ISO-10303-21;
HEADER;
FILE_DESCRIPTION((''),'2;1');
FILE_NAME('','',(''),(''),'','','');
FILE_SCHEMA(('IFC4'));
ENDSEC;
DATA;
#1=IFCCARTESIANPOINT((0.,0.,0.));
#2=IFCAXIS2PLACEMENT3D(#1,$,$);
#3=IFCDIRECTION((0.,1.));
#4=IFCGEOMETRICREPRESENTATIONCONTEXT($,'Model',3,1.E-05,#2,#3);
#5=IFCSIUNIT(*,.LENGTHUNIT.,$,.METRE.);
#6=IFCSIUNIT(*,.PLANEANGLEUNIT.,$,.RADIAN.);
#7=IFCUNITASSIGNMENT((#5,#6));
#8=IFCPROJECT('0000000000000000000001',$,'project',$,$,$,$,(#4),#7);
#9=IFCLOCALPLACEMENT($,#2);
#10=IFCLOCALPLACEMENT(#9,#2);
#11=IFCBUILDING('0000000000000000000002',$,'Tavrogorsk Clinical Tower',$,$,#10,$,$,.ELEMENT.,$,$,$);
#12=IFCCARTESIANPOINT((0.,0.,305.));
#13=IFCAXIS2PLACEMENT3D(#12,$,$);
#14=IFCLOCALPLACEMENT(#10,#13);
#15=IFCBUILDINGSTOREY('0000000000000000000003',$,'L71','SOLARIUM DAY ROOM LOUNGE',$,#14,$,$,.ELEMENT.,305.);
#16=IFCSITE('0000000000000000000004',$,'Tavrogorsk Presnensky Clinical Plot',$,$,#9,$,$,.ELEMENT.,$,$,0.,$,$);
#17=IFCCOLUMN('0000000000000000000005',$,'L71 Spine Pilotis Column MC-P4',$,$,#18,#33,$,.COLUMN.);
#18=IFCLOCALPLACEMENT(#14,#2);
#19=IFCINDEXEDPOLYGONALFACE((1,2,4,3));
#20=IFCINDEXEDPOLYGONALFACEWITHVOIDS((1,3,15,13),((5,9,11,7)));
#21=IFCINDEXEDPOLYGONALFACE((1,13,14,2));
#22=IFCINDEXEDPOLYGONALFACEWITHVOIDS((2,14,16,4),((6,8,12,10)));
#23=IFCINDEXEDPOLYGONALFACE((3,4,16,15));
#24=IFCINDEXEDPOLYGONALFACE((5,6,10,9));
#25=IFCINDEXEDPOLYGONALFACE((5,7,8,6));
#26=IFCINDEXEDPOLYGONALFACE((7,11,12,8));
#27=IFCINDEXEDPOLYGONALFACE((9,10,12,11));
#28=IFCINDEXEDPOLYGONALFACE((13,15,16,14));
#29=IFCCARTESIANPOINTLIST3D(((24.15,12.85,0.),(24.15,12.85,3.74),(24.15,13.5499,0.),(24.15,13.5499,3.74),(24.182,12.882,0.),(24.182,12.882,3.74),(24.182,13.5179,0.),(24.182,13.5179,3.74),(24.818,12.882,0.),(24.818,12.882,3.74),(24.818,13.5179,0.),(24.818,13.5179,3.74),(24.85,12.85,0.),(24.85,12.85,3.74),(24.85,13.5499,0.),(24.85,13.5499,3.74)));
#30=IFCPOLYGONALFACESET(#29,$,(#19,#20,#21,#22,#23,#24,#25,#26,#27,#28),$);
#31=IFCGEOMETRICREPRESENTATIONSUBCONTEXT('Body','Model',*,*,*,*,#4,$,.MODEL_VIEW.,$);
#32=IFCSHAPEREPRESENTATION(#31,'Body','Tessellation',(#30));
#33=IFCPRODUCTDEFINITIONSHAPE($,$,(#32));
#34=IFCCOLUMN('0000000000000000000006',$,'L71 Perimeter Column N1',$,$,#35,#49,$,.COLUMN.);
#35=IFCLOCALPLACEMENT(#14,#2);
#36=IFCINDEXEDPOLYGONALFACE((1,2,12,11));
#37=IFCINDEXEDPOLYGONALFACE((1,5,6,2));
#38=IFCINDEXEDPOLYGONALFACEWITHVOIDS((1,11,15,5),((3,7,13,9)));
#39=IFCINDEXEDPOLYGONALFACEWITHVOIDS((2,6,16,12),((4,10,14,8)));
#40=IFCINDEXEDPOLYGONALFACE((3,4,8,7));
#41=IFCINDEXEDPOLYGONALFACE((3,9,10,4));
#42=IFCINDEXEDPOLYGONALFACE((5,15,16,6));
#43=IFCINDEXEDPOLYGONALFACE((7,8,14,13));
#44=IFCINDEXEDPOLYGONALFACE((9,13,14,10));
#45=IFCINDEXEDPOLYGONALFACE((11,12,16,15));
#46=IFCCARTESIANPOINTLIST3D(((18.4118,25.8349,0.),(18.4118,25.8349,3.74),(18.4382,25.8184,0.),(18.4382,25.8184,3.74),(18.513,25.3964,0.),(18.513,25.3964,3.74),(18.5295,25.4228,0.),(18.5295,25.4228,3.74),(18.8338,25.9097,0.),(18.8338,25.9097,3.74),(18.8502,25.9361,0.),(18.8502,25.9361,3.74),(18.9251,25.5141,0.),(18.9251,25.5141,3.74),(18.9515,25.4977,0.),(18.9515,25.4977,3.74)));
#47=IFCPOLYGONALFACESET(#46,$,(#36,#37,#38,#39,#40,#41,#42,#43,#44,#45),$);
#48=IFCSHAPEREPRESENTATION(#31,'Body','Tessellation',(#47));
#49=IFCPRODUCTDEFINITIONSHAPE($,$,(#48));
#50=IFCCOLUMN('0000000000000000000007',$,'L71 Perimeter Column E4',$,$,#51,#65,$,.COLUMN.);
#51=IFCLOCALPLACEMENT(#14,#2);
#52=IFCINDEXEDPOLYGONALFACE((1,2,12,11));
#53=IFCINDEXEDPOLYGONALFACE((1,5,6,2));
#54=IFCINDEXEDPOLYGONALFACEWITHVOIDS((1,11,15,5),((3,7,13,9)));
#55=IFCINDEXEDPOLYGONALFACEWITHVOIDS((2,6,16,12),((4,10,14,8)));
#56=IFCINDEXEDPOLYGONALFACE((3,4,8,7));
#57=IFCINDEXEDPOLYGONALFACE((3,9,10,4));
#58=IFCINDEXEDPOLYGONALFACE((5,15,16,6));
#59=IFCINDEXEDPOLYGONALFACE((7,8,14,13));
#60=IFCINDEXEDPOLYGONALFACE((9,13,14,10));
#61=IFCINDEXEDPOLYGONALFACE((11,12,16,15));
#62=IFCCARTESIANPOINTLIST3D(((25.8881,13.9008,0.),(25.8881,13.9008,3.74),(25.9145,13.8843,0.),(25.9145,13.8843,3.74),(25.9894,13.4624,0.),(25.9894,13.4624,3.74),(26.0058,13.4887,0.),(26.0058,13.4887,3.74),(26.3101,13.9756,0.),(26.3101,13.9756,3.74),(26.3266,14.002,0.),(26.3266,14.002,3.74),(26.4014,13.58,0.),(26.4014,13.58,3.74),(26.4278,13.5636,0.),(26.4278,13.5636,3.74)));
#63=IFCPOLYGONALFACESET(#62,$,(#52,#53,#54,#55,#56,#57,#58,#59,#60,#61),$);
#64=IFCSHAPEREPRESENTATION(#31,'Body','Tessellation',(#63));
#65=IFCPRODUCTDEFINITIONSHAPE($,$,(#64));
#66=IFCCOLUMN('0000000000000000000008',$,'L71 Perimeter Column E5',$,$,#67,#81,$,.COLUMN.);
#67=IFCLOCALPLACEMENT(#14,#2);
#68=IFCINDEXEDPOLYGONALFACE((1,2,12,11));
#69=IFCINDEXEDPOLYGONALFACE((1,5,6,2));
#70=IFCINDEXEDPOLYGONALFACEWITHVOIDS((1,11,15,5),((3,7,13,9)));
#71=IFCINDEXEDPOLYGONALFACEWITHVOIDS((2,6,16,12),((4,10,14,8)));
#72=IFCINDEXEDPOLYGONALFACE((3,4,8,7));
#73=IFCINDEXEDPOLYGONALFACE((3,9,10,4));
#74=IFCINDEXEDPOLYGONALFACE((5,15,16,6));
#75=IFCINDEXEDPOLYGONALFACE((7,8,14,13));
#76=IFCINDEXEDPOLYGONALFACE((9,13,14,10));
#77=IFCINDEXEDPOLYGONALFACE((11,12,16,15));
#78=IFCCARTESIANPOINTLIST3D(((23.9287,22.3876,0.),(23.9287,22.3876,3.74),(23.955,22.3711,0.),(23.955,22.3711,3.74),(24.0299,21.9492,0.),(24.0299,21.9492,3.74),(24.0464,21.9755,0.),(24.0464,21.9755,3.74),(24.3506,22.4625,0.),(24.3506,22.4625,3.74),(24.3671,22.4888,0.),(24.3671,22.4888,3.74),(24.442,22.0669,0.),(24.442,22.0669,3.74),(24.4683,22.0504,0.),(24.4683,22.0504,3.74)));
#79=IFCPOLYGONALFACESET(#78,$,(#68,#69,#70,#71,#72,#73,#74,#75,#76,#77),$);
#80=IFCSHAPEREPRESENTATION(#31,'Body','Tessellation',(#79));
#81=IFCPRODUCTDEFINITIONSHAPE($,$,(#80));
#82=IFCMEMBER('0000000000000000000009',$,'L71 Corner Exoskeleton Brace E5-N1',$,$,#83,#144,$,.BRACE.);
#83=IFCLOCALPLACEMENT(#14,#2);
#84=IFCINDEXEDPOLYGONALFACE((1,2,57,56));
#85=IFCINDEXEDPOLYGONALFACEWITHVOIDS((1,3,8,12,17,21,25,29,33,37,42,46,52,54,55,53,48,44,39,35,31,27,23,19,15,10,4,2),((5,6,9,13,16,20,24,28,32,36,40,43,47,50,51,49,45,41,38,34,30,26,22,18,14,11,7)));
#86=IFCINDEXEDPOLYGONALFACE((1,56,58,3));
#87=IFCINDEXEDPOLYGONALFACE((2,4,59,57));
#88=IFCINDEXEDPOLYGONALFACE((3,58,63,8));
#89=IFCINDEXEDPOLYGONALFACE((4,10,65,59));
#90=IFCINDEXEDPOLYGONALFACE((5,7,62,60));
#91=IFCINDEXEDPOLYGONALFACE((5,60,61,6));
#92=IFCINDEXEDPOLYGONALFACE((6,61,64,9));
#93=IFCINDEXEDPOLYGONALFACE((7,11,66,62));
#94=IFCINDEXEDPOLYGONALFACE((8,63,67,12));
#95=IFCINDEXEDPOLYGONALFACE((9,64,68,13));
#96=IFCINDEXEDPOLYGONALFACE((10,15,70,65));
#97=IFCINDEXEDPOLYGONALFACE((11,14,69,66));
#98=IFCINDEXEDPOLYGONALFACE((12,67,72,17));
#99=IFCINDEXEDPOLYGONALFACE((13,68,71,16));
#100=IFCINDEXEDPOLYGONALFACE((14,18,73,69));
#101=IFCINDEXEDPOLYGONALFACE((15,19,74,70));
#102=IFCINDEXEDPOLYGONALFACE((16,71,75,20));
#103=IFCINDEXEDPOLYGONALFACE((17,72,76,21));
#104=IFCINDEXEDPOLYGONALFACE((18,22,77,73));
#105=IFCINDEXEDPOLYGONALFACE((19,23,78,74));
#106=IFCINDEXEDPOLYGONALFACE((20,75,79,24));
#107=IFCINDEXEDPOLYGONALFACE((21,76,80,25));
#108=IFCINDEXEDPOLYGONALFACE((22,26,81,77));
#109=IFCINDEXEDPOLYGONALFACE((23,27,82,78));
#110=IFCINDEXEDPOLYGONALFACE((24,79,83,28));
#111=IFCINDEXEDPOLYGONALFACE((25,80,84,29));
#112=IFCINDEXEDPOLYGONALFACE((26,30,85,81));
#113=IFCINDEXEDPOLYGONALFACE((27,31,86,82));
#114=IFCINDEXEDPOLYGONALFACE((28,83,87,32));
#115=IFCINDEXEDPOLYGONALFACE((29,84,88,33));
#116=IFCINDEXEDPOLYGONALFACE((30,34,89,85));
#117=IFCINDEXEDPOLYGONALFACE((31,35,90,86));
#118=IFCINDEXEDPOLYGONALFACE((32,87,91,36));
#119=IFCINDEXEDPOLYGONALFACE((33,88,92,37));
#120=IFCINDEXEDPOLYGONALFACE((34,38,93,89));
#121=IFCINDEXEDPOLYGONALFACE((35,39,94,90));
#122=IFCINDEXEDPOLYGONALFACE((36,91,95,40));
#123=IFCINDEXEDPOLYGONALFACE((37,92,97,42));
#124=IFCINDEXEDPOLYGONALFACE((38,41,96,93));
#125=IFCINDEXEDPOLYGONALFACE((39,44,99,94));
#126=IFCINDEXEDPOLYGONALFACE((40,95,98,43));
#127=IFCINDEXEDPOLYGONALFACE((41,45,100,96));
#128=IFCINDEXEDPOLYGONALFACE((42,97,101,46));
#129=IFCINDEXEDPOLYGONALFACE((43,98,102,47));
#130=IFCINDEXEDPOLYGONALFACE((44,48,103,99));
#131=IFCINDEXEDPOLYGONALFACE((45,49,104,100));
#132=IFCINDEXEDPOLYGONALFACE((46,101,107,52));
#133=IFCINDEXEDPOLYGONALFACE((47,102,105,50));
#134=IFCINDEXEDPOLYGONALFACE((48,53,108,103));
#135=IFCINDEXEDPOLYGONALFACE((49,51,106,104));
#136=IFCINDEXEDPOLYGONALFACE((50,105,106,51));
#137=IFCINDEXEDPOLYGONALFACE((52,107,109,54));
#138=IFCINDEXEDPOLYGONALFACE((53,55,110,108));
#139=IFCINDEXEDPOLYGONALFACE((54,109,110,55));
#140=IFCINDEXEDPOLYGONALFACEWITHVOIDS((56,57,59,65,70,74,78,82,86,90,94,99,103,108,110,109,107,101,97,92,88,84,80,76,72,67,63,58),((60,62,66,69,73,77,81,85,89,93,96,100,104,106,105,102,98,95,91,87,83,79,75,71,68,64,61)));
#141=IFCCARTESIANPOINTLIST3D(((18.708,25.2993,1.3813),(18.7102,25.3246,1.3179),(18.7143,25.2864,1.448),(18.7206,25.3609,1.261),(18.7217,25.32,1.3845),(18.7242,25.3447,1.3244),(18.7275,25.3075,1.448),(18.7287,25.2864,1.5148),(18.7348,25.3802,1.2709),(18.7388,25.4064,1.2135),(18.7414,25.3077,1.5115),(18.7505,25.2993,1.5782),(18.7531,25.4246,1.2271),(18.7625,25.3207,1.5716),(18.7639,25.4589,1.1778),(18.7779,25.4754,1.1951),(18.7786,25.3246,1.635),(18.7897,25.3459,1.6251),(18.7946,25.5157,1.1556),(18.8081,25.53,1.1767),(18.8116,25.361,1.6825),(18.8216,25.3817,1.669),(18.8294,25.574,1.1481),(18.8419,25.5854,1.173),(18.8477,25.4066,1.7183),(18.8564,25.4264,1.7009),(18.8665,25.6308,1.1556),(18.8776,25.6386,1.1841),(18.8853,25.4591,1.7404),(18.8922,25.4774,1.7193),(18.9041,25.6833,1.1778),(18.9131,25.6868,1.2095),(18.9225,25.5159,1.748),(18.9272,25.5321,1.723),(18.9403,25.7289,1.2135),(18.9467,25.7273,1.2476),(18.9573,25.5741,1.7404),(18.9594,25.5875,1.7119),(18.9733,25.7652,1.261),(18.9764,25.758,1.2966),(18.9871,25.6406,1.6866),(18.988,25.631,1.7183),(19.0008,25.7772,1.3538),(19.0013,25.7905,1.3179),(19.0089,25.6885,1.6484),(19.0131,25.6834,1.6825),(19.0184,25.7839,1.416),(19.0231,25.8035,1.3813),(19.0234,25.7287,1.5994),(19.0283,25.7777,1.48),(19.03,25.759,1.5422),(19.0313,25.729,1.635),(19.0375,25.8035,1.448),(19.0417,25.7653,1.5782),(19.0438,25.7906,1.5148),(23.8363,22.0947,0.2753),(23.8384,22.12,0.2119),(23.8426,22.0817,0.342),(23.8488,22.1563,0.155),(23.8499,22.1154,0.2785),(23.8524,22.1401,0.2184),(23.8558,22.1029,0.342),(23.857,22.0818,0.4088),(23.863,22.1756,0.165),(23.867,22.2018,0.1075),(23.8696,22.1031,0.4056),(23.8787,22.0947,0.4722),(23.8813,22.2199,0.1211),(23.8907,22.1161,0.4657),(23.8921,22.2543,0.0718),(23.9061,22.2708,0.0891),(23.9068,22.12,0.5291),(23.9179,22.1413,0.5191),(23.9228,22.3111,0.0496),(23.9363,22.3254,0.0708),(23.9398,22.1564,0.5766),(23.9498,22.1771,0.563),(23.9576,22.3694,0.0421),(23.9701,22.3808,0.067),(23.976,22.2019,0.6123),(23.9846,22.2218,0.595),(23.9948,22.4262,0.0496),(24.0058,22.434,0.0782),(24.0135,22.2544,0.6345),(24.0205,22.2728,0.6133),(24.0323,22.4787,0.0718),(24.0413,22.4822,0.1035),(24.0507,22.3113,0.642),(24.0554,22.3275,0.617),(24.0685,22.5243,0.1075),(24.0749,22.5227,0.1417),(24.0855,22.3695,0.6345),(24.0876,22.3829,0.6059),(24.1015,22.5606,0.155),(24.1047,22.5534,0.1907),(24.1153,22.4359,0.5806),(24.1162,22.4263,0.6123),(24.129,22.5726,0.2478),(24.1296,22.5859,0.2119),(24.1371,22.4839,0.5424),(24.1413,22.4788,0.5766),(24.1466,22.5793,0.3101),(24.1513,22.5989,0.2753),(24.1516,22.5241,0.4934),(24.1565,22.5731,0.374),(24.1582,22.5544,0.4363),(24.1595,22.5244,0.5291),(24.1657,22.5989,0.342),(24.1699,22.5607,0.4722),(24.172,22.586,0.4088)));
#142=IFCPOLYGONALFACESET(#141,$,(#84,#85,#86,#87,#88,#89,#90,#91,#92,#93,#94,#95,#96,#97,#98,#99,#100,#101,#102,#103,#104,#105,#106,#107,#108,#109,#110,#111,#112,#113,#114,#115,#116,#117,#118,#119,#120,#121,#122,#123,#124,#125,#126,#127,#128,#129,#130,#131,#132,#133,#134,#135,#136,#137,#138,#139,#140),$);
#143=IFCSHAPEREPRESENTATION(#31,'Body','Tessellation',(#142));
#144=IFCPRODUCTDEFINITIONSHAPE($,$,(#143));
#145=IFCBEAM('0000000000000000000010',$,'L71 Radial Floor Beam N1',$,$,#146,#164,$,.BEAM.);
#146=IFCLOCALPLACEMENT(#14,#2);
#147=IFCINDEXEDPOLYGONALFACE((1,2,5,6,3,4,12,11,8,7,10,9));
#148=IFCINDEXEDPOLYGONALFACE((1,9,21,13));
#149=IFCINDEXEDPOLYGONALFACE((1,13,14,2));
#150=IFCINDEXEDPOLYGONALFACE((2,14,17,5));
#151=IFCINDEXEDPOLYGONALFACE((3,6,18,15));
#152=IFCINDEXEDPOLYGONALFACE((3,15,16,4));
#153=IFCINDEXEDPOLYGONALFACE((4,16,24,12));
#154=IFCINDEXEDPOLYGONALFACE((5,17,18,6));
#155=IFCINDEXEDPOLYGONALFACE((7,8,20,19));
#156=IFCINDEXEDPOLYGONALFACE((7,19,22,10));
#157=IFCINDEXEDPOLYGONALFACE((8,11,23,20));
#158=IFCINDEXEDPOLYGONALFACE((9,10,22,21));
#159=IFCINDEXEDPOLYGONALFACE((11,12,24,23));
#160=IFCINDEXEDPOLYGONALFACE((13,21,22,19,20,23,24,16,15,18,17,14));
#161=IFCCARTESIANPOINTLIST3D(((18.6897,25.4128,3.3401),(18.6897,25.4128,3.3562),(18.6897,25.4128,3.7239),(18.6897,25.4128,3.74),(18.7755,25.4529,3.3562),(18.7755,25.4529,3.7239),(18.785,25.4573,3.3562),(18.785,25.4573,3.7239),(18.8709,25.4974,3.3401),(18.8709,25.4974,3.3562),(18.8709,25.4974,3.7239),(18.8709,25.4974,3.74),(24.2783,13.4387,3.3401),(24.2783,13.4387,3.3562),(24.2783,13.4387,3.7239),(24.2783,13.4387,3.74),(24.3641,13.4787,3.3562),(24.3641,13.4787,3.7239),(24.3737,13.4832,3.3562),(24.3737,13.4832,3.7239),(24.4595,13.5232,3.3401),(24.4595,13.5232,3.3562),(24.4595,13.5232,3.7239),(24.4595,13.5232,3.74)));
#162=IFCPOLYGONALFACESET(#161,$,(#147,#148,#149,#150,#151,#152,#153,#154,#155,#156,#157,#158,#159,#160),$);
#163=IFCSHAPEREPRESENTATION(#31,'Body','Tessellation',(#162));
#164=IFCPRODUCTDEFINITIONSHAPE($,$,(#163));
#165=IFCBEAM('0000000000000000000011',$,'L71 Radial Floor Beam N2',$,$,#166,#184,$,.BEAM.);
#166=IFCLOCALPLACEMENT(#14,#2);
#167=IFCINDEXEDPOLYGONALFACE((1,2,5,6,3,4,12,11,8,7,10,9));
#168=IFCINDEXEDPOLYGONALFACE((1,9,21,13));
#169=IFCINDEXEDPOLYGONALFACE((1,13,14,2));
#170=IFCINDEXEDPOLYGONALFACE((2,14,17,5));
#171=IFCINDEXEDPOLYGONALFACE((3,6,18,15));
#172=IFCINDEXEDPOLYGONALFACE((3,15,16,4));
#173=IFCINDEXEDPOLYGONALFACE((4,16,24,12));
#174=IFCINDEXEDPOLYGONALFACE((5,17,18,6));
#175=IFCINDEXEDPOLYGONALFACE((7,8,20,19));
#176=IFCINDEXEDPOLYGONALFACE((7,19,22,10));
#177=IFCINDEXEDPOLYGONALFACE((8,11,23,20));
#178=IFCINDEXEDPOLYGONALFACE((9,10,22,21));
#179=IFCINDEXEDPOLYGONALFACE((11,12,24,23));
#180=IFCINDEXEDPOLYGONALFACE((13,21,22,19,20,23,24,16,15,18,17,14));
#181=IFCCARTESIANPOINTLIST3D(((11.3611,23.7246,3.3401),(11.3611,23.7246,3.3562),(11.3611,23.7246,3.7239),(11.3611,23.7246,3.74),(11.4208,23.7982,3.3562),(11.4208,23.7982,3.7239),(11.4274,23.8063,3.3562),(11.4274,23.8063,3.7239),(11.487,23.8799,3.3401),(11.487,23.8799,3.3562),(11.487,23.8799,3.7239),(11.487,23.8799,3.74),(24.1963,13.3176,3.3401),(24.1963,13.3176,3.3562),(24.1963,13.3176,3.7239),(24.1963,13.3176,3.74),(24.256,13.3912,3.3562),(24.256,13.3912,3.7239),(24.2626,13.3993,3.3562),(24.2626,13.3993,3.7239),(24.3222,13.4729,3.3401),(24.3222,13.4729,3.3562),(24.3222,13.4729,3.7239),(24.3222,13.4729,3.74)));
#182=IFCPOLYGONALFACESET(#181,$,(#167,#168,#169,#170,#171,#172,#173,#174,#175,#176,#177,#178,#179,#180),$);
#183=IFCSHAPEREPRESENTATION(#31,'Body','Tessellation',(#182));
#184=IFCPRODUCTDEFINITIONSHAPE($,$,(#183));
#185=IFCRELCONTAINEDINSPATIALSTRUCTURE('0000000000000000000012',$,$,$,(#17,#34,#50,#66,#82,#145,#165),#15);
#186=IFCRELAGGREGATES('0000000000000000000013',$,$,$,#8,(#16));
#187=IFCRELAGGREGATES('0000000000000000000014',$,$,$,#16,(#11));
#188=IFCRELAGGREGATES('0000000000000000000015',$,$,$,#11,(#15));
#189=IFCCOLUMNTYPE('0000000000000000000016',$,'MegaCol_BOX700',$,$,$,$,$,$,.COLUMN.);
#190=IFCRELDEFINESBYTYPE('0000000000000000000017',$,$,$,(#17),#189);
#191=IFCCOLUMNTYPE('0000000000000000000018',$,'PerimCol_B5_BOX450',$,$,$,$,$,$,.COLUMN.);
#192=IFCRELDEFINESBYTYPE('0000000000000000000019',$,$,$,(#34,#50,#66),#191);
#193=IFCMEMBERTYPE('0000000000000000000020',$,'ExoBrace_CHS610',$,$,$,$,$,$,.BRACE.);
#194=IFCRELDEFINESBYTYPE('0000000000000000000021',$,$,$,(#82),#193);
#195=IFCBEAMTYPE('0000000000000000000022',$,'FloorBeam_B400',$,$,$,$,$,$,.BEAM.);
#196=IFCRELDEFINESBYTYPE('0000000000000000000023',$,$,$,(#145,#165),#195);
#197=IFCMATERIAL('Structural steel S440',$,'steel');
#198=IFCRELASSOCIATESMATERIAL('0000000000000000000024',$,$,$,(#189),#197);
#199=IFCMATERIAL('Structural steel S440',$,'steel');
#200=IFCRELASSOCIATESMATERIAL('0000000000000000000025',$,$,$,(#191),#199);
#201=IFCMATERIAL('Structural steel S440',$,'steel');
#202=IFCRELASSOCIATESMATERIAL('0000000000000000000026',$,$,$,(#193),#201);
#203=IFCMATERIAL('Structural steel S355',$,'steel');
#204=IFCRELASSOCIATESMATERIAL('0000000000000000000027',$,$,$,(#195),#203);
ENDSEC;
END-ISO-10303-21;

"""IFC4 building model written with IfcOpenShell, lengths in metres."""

from ifc_helpers import new_model, si_unit, direction, frame, origin, origin_2d, place, context, subcontext, project, spatial, hollow_rectangle, hollow_circle, i_section, extrude, material, material_profile, profile_set, type_object, element, save


model = new_model("IFC4")

# Units and contexts
model_context = context("Model", 3, precision=1e-05, world=origin(), true_north=direction((0.0, 1.0)))
body_context = subcontext(model_context, "Body", "Model", "MODEL_VIEW")
ifc_project = project(units=[si_unit("LENGTHUNIT", "METRE"), si_unit("PLANEANGLEUNIT", "RADIAN")], contexts=[model_context])

# Site, building, storey
site_placement = place(None, origin())
site = spatial("IfcSite", under=ifc_project, at=site_placement, Name="Tavrogorsk Presnensky Clinical Plot", CompositionType="ELEMENT", RefElevation=0.0)
building_placement = place(site_placement, origin())
building = spatial("IfcBuilding", under=site, at=building_placement, Name="Tavrogorsk Clinical Tower", CompositionType="ELEMENT")
storey_placement = place(building_placement, frame((0.0, 0.0, 305.0)))
storey = spatial("IfcBuildingStorey", under=building, at=storey_placement, Name="L71", Description="SOLARIUM DAY ROOM LOUNGE", CompositionType="ELEMENT", Elevation=305.0)

# Columns
ifc_material_1 = material(Name="Structural steel S440", Category="steel")
ifc_material_profile_1 = material_profile(ifc_material_1, hollow_rectangle(XDim=0.7, YDim=0.7, WallThickness=0.032, at=origin_2d()), Name="BOX-700x700x32")
ifc_profile_set_1 = profile_set([ifc_material_profile_1], Name="Structural steel S440")
column_type_1 = type_object("IfcColumnType", Name="MegaCol_BOX700", PredefinedType="COLUMN", material=ifc_profile_set_1)
column_placement = place(storey_placement, frame((24.5, 13.2, 0.0), z_axis=(0.0, 0.0, 1.0), x_axis=(1.0, 0.0, 0.0)))
element("IfcColumn", 1, at=column_placement, inside=storey, type_object=column_type_1, Name="L71 Spine Pilotis Column MC-P4", PredefinedType="COLUMN", context=body_context, shape_type="SweptSolid", body=[
    extrude(hollow_rectangle(XDim=0.7, YDim=0.7, WallThickness=0.032, at=origin_2d()), origin(), (0.0, 0.0, 1.0), 3.74),
])
ifc_material_2 = material(Name="Structural steel S440", Category="steel")
ifc_material_profile_2 = material_profile(ifc_material_2, hollow_rectangle(XDim=0.45, YDim=0.45, WallThickness=0.022, at=origin_2d()), Name="BOX-450x450x22")
ifc_profile_set_2 = profile_set([ifc_material_profile_2], Name="Structural steel S440")
column_type_2 = type_object("IfcColumnType", Name="PerimCol_B5_BOX450", PredefinedType="COLUMN", material=ifc_profile_set_2)
for number, where, z_axis, x_axis, name in (
    (2, (18.6816, 25.6663, 0.0), (0.0, 0.0, 1.0), (0.97437, 0.224951, 0.0), "L71 Perimeter Column N1"),
    (3, (26.158, 13.7322, 0.0), (0.0, 0.0, 1.0), (0.97437, 0.224951, 0.0), "L71 Perimeter Column E4"),
    (4, (24.1985, 22.219, 0.0), (0.0, 0.0, 1.0), (0.97437, 0.224951, 0.0), "L71 Perimeter Column E5"),
):
    element("IfcColumn", number, at=place(storey_placement, frame(where, z_axis=z_axis, x_axis=x_axis)), inside=storey, type_object=column_type_2, Name=name, PredefinedType="COLUMN", context=body_context, shape_type="SweptSolid", body=[
        extrude(hollow_rectangle(XDim=0.45, YDim=0.45, WallThickness=0.022, at=origin_2d()), origin(), (0.0, 0.0, 1.0), 3.74),
    ])

# Member
ifc_material_3 = material(Name="Structural steel S440", Category="steel")
ifc_material_profile_3 = material_profile(ifc_material_3, hollow_circle(Radius=0.3049, WallThickness=0.0249, at=origin_2d()), Name="CHS-610x25")
ifc_profile_set_3 = profile_set([ifc_material_profile_3], Name="Structural steel S440")
member_type_1 = type_object("IfcMemberType", Name="ExoBrace_CHS610", PredefinedType="BRACE", material=ifc_profile_set_3)
member_placement = place(storey_placement, frame((24.0042, 22.3403, 0.342), z_axis=(-0.8342, 0.521291, 0.179906), x_axis=(-0.529937, -0.848037, 0.0)))
element("IfcMember", 5, at=member_placement, inside=storey, type_object=member_type_1, Name="L71 Corner Exoskeleton Brace E5-N1", PredefinedType="BRACE", context=body_context, shape_type="SweptSolid", body=[
    extrude(hollow_circle(Radius=0.3049, WallThickness=0.0249, at=origin_2d()), origin(), (0.0, 0.0, 1.0), 6.1475),
])

# Beams
ifc_material_4 = material(Name="Structural steel S355", Category="steel")
ifc_material_profile_4 = material_profile(ifc_material_4, i_section(OverallWidth=0.2, OverallDepth=0.3999, WebThickness=0.0105, FlangeThickness=0.0161, at=origin_2d()), Name="B-400x200x10.5x16")
ifc_profile_set_4 = profile_set([ifc_material_profile_4], Name="Structural steel S355")
beam_type_1 = type_object("IfcBeamType", Name="FloorBeam_B400", PredefinedType="BEAM", material=ifc_profile_set_4)
beam_1_placement = place(storey_placement, frame((24.3689, 13.481, 3.54), z_axis=(-0.422929, 0.906163, 0.0), x_axis=(-0.906163, -0.422929, 0.0)))
element("IfcBeam", 6, at=beam_1_placement, inside=storey, type_object=beam_type_1, Name="L71 Radial Floor Beam N1", PredefinedType="BEAM", context=body_context, shape_type="SweptSolid", body=[
    extrude(i_section(OverallWidth=0.2, OverallDepth=0.3999, WebThickness=0.0105, FlangeThickness=0.0161, at=origin_2d()), origin(), (0.0, 0.0, 1.0), 13.2141),
])
beam_2_placement = place(storey_placement, frame((24.2593, 13.3953, 3.54), z_axis=(-0.776754, 0.629804, 0.0), x_axis=(-0.629804, -0.776754, 0.0)))
element("IfcBeam", 7, at=beam_2_placement, inside=storey, type_object=beam_type_1, Name="L71 Radial Floor Beam N2", PredefinedType="BEAM", context=body_context, shape_type="SweptSolid", body=[
    extrude(i_section(OverallWidth=0.2, OverallDepth=0.3999, WebThickness=0.0105, FlangeThickness=0.0161, at=origin_2d()), origin(), (0.0, 0.0, 1.0), 16.5242),
])

save(model, "model.ifc")
